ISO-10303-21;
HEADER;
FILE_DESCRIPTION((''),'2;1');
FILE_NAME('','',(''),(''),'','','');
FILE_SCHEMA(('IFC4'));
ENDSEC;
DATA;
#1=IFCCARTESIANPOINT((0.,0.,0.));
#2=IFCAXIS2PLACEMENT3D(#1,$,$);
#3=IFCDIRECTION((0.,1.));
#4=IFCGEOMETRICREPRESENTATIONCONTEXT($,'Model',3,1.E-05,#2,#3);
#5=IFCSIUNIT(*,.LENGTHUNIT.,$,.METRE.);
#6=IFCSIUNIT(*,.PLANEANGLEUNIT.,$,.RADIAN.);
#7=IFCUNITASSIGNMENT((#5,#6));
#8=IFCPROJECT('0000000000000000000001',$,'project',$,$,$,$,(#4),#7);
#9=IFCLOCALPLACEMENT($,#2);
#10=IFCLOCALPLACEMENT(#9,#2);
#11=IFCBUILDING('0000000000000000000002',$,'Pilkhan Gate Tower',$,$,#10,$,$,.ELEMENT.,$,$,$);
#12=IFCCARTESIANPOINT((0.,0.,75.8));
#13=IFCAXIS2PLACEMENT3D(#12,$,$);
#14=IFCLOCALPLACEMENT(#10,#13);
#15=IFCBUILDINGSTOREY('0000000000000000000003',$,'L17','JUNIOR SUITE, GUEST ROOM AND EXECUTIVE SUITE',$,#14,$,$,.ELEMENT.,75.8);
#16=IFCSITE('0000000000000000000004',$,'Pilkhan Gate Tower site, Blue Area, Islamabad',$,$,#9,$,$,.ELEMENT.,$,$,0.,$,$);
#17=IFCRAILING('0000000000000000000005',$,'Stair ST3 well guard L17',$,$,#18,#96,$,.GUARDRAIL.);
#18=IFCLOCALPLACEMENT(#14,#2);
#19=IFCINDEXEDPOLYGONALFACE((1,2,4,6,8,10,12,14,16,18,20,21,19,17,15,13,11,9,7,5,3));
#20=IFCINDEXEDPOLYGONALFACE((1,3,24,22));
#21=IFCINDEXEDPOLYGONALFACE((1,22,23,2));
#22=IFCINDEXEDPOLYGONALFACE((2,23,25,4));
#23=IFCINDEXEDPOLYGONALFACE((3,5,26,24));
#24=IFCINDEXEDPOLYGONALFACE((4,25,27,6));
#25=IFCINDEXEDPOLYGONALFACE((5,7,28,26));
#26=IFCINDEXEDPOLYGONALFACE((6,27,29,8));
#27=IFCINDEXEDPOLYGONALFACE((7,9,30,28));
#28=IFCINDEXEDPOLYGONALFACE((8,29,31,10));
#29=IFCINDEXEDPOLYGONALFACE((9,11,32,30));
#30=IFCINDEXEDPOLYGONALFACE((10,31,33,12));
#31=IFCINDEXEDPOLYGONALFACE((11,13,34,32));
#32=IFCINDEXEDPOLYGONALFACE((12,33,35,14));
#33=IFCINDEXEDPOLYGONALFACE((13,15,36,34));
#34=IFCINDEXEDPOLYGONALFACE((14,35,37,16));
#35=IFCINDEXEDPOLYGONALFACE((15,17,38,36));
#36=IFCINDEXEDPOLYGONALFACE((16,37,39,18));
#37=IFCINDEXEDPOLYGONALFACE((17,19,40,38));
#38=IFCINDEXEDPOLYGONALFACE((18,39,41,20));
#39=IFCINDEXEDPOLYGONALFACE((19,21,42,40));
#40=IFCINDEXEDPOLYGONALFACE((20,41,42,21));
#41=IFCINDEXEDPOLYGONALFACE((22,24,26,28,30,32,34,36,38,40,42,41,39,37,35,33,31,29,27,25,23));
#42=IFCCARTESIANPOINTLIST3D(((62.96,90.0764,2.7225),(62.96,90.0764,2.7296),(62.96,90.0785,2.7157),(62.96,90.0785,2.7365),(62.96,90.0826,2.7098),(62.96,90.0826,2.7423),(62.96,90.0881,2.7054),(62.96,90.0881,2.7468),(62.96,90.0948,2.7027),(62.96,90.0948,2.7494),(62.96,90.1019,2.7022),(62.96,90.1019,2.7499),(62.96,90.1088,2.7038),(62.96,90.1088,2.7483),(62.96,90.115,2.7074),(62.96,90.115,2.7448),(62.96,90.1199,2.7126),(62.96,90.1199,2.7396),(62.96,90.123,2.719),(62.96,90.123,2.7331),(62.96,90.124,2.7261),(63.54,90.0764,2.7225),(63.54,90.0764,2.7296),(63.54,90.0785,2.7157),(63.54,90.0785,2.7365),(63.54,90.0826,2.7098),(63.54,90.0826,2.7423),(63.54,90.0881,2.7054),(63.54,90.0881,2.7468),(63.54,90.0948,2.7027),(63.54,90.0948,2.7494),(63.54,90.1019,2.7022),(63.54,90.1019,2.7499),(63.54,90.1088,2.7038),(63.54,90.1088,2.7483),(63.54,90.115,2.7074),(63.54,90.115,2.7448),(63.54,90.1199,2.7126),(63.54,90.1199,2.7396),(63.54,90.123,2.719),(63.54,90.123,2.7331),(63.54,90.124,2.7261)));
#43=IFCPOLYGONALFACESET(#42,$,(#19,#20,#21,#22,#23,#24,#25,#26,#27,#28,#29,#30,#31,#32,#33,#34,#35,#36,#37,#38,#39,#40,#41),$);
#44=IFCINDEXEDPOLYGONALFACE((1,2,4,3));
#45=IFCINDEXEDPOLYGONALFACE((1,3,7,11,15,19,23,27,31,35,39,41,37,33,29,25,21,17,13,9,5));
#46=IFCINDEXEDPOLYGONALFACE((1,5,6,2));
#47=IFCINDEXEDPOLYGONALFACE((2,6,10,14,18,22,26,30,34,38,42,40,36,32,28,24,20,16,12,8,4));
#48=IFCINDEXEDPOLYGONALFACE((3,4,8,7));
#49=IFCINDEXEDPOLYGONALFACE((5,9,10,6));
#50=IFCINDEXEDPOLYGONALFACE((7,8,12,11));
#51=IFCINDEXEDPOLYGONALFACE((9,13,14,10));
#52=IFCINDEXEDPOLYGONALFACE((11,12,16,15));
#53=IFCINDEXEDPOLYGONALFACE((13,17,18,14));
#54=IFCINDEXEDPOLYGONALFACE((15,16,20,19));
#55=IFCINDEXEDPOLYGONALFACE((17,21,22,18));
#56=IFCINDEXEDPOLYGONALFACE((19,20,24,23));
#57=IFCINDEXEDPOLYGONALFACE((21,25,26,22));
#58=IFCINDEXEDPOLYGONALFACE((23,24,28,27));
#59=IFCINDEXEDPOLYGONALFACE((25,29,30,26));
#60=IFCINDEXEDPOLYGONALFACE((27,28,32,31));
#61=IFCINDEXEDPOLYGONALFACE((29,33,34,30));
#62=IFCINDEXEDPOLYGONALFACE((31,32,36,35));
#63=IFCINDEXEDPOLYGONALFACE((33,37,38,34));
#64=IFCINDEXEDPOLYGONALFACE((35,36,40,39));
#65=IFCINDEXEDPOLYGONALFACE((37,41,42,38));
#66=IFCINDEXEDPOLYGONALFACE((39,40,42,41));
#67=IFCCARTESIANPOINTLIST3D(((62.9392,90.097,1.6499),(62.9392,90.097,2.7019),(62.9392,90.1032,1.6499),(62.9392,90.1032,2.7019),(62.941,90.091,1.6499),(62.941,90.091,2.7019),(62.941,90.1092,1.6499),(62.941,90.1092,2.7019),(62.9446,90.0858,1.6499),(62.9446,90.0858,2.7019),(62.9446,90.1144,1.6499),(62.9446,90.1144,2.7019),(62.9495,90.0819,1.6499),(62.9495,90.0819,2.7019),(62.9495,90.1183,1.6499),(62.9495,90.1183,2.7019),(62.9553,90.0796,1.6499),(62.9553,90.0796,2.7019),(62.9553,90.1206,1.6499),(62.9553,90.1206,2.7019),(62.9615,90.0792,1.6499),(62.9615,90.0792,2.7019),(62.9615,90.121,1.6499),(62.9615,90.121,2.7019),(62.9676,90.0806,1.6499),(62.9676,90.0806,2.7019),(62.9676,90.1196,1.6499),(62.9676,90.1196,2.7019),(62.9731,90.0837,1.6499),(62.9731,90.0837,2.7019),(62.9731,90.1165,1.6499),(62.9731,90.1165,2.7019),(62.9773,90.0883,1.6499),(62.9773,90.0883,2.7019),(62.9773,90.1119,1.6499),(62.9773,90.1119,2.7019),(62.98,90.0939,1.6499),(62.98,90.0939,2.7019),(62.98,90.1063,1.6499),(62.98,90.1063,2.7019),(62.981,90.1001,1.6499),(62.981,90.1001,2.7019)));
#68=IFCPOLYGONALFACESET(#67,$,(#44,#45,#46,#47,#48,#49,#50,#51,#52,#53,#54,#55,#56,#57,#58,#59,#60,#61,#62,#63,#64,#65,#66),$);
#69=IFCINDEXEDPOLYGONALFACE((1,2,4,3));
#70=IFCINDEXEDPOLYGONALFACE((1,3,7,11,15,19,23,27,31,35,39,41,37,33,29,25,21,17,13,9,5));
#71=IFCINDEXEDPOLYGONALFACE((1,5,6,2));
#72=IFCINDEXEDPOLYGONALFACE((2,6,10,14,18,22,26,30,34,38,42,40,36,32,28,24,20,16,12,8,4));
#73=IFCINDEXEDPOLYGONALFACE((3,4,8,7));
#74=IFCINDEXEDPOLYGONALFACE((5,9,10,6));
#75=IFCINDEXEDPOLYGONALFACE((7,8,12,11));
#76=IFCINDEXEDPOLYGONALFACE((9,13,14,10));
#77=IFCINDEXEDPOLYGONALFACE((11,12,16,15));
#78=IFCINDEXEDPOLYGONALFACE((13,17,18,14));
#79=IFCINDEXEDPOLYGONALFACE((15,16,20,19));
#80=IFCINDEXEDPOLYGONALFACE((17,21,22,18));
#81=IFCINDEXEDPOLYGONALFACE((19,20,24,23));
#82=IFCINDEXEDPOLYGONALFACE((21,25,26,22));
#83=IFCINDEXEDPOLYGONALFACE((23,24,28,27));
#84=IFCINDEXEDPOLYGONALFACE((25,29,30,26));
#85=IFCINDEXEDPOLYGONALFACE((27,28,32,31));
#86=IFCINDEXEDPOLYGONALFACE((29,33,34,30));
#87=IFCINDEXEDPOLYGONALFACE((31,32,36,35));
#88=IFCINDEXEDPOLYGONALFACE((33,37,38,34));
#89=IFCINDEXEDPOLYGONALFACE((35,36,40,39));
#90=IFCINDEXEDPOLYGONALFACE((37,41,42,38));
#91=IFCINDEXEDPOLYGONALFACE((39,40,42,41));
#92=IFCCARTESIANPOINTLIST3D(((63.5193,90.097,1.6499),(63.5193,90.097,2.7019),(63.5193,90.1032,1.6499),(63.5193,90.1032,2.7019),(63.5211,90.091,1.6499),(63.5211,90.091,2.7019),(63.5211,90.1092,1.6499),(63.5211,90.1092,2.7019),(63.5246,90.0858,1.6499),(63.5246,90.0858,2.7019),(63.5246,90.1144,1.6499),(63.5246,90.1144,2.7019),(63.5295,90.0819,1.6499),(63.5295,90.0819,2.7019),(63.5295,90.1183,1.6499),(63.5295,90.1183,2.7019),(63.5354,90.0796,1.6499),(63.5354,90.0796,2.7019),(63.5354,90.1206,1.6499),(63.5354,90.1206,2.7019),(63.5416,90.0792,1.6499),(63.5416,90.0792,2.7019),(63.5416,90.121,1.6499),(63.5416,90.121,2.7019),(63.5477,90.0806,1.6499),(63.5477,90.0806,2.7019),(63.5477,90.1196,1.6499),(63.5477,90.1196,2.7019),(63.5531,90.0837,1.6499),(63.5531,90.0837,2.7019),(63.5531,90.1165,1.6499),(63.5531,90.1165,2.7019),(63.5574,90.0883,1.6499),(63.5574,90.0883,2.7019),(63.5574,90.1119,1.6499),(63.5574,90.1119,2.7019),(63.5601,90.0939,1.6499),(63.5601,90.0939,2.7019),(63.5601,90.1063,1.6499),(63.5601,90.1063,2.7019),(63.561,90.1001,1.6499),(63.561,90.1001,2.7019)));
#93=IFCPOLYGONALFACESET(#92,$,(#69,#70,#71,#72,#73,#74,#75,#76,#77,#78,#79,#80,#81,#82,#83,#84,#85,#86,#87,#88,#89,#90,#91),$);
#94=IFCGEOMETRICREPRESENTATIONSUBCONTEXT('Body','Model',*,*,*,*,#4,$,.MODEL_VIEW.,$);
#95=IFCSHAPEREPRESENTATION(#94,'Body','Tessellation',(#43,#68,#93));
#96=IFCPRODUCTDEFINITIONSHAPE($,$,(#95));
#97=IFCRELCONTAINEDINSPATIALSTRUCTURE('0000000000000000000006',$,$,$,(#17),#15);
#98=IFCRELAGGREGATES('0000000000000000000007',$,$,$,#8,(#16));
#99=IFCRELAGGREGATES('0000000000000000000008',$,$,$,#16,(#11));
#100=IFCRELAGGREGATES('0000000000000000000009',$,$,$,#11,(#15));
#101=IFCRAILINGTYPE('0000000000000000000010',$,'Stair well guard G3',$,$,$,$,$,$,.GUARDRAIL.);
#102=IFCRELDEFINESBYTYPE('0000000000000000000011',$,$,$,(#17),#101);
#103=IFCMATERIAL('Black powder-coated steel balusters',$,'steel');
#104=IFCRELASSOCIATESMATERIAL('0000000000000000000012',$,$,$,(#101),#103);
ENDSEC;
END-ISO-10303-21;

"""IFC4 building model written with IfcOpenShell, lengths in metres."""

from ifc_helpers import new_model, si_unit, direction, frame, origin, origin_2d, place, context, subcontext, project, spatial, circle, extrude, material, type_object, element, save


model = new_model("IFC4")

# Units and contexts
model_context = context("Model", 3, precision=1e-05, world=origin(), true_north=direction((0.0, 1.0)))
body_context = subcontext(model_context, "Body", "Model", "MODEL_VIEW")
ifc_project = project(units=[si_unit("LENGTHUNIT", "METRE"), si_unit("PLANEANGLEUNIT", "RADIAN")], contexts=[model_context])

# Site, building, storey
site_placement = place(None, origin())
site = spatial("IfcSite", under=ifc_project, at=site_placement, Name="Pilkhan Gate Tower site, Blue Area, Islamabad", CompositionType="ELEMENT", RefElevation=0.0)
building_placement = place(site_placement, origin())
building = spatial("IfcBuilding", under=site, at=building_placement, Name="Pilkhan Gate Tower", CompositionType="ELEMENT")
storey_placement = place(building_placement, frame((0.0, 0.0, 75.8)))
storey = spatial("IfcBuildingStorey", under=building, at=storey_placement, Name="L17", Description="JUNIOR SUITE, GUEST ROOM AND EXECUTIVE SUITE", CompositionType="ELEMENT", Elevation=75.8)

# Railing
ifc_material_1 = material(Name="Black powder-coated steel balusters", Category="steel")
railing_type_1 = type_object("IfcRailingType", Name="Stair well guard G3", PredefinedType="GUARDRAIL", material=ifc_material_1)
for number, where, name in (
    (1, (62.96, 90.1001, 1.6499), "Stair ST3 well guard L17"),
):
    element("IfcRailing", number, at=place(storey_placement, frame(where)), inside=storey, type_object=railing_type_1, Name=name, PredefinedType="GUARDRAIL", context=body_context, shape_type="SweptSolid", body=[
        extrude(circle(Radius=0.0239, at=origin_2d()), frame((0.0, 0.0, 1.0762), z_axis=(1.0, 0.0, 0.0), x_axis=(0.0, 1.0, 0.0)), (0.0, 0.0, 1.0), 0.5801),
        extrude(circle(Radius=0.021, at=origin_2d()), origin(), (0.0, 0.0, 1.0), 1.052),
        extrude(circle(Radius=0.021, at=origin_2d()), frame((0.5801, 0.0, 0.0)), (0.0, 0.0, 1.0), 1.052),
    ])

save(model, "model.ifc")
